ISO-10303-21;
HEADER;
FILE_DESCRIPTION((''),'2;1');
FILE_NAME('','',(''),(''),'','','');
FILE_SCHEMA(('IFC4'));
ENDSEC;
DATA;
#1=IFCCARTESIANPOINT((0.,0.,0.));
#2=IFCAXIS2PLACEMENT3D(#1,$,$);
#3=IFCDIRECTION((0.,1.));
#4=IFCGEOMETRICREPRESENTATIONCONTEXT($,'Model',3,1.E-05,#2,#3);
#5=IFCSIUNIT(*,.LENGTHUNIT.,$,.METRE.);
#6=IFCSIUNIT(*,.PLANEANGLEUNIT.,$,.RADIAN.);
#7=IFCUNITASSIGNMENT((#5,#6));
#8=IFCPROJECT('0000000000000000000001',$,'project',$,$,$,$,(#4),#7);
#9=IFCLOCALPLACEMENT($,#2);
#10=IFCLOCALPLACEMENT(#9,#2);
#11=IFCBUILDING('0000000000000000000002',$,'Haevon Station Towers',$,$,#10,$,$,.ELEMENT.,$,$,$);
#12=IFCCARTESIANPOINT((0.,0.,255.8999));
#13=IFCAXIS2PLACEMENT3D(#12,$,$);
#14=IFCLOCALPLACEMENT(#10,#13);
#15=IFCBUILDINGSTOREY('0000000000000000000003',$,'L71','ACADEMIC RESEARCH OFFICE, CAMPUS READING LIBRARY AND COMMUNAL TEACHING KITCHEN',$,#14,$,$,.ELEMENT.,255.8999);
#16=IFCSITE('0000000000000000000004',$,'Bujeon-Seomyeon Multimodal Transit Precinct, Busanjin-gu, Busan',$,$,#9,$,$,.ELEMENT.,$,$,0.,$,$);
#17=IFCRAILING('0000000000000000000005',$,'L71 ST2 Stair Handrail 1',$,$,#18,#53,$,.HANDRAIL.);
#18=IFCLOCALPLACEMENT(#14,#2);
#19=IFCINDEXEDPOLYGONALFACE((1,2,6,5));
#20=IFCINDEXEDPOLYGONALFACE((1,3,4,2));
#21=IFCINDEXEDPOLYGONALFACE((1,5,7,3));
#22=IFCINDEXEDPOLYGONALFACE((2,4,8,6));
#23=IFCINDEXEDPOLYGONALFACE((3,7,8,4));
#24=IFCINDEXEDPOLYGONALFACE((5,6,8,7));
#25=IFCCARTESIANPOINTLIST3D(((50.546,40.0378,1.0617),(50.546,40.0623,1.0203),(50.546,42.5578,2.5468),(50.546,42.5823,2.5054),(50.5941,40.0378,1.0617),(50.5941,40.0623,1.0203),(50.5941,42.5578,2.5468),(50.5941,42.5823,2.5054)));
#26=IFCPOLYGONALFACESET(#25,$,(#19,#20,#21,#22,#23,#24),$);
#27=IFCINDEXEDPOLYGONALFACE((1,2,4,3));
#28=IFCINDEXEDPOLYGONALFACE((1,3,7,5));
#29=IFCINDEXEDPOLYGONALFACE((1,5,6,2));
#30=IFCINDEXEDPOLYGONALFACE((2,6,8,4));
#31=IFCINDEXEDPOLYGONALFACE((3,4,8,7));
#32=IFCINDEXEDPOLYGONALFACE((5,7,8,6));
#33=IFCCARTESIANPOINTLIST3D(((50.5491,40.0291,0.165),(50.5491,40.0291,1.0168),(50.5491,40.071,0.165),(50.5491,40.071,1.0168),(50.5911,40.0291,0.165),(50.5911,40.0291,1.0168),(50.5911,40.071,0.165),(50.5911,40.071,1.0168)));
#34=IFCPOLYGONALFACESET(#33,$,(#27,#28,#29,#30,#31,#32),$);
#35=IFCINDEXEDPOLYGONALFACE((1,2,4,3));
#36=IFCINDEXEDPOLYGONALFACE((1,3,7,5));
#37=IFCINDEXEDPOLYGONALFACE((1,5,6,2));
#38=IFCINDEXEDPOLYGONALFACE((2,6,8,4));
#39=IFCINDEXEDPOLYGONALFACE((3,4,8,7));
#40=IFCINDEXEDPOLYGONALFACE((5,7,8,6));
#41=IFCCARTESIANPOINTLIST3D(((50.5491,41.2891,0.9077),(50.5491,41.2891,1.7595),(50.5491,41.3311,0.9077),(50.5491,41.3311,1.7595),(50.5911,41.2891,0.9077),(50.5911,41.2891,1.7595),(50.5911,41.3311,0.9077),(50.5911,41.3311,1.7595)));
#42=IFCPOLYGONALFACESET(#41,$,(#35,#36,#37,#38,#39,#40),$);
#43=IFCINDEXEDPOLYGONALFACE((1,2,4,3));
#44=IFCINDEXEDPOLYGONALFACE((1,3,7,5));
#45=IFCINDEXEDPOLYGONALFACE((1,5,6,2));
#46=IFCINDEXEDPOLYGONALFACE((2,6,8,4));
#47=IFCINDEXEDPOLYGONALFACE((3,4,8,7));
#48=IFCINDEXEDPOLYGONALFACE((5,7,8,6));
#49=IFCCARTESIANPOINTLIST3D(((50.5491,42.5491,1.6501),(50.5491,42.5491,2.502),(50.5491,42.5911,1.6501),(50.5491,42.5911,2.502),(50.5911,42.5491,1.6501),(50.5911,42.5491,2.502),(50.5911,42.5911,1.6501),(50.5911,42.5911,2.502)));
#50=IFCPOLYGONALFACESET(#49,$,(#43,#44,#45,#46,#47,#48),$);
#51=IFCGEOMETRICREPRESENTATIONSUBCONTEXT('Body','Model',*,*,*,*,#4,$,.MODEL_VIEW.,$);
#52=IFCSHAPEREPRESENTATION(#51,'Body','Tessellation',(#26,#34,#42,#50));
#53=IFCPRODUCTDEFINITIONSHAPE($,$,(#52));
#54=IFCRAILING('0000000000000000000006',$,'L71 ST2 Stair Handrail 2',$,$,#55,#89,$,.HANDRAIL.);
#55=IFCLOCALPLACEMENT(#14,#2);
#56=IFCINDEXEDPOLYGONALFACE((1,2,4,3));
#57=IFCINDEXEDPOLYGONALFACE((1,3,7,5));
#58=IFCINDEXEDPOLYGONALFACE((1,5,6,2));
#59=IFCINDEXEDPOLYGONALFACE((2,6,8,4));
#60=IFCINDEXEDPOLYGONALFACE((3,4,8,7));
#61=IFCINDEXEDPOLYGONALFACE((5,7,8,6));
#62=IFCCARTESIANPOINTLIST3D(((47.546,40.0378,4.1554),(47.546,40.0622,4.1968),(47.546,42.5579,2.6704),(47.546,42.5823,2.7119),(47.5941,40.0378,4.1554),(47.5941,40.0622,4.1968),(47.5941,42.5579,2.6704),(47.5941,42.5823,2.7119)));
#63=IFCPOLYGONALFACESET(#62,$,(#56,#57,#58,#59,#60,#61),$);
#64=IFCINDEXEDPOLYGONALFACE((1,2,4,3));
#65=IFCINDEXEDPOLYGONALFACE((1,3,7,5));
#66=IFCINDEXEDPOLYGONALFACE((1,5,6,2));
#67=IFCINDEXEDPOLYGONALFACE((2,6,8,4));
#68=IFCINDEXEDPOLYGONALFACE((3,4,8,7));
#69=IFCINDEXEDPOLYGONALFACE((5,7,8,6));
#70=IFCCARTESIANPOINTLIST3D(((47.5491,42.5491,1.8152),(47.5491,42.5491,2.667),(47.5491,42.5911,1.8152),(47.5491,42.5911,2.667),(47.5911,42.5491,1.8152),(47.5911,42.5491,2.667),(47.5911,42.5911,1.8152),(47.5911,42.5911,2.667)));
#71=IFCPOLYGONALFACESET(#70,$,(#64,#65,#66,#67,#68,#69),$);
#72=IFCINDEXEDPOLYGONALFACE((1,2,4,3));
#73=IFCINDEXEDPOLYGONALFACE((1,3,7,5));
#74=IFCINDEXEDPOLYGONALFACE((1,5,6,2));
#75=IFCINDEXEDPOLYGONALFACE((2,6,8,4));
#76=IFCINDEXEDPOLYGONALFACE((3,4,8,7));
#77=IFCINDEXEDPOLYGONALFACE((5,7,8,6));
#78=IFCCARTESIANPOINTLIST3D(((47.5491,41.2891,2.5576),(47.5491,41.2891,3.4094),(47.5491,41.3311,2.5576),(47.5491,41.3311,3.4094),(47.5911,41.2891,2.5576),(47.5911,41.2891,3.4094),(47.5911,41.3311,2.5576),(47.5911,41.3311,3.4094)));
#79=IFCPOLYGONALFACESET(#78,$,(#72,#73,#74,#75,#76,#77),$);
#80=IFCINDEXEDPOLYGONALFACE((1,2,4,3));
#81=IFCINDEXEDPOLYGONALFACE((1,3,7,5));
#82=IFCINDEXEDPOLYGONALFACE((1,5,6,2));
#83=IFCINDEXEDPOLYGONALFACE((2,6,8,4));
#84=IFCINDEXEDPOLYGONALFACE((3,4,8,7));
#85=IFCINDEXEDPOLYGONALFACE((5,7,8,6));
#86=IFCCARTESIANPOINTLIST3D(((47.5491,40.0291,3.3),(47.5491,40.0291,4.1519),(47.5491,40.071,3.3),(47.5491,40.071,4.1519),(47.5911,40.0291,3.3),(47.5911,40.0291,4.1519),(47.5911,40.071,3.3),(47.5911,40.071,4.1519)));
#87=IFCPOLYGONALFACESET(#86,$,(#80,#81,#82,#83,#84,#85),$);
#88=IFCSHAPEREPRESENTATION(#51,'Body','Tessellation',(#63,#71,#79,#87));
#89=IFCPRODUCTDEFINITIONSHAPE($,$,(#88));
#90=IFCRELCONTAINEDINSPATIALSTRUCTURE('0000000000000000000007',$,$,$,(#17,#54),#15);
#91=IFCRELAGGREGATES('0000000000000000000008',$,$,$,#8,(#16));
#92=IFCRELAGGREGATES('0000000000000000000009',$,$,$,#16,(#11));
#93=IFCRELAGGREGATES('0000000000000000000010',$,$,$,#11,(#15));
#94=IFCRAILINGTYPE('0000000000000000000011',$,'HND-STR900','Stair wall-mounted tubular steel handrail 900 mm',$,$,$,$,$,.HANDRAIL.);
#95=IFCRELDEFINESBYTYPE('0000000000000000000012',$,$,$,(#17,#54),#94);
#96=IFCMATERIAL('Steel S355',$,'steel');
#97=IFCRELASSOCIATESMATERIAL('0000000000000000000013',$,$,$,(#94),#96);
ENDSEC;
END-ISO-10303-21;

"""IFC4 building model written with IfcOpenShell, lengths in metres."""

from ifc_helpers import new_model, si_unit, direction, frame, origin, origin_2d, place, context, subcontext, project, spatial, rectangle, extrude, material, type_object, element, save


model = new_model("IFC4")

# Units and contexts
model_context = context("Model", 3, precision=1e-05, world=origin(), true_north=direction((0.0, 1.0)))
body_context = subcontext(model_context, "Body", "Model", "MODEL_VIEW")
ifc_project = project(units=[si_unit("LENGTHUNIT", "METRE"), si_unit("PLANEANGLEUNIT", "RADIAN")], contexts=[model_context])

# Site, building, storey
site_placement = place(None, origin())
site = spatial("IfcSite", under=ifc_project, at=site_placement, Name="Bujeon-Seomyeon Multimodal Transit Precinct, Busanjin-gu, Busan", CompositionType="ELEMENT", RefElevation=0.0)
building_placement = place(site_placement, origin())
building = spatial("IfcBuilding", under=site, at=building_placement, Name="Haevon Station Towers", CompositionType="ELEMENT")
storey_placement = place(building_placement, frame((0.0, 0.0, 255.8999)))
storey = spatial("IfcBuildingStorey", under=building, at=storey_placement, Name="L71", Description="ACADEMIC RESEARCH OFFICE, CAMPUS READING LIBRARY AND COMMUNAL TEACHING KITCHEN", CompositionType="ELEMENT", Elevation=255.8999)

# Shared definitions
ifc_material_1 = material(Name="Steel S355", Category="steel")

# Railings
railing_type_1 = type_object("IfcRailingType", Name="HND-STR900", Description="Stair wall-mounted tubular steel handrail 900 mm", PredefinedType="HANDRAIL", material=ifc_material_1)
railing_1_placement = place(storey_placement, frame((50.5701, 40.05, 0.165)))
element("IfcRailing", 1, at=railing_1_placement, inside=storey, type_object=railing_type_1, Name="L71 ST2 Stair Handrail 1", PredefinedType="HANDRAIL", context=body_context, shape_type="SweptSolid", body=[
    extrude(rectangle(XDim=0.0481, YDim=0.0481, at=origin_2d()), frame((0.0, 0.0, 0.876), z_axis=(0.0, 0.861524, 0.507717), x_axis=(-1.0, 0.0, 0.0)), (0.0, 0.0, 1.0), 2.925),
    extrude(rectangle(XDim=0.042, YDim=0.042, at=origin_2d()), origin(), (0.0, 0.0, 1.0), 0.8518),
    extrude(rectangle(XDim=0.042, YDim=0.042, at=origin_2d()), frame((0.0, 1.26, 0.7427)), (0.0, 0.0, 1.0), 0.8518),
    extrude(rectangle(XDim=0.042, YDim=0.042, at=origin_2d()), frame((0.0, 2.52, 1.4851)), (0.0, 0.0, 1.0), 0.8518),
])
railing_2_placement = place(storey_placement, frame((47.5701, 42.5701, 1.8152)))
element("IfcRailing", 2, at=railing_2_placement, inside=storey, type_object=railing_type_1, Name="L71 ST2 Stair Handrail 2", PredefinedType="HANDRAIL", context=body_context, shape_type="SweptSolid", body=[
    extrude(rectangle(XDim=0.0481, YDim=0.0481, at=origin_2d()), frame((0.0, 0.0, 0.876), z_axis=(0.0, -0.861561, 0.507655), x_axis=(1.0, 0.0, 0.0)), (0.0, 0.0, 1.0), 2.925),
    extrude(rectangle(XDim=0.042, YDim=0.042, at=origin_2d()), origin(), (0.0, 0.0, 1.0), 0.8518),
    extrude(rectangle(XDim=0.042, YDim=0.042, at=origin_2d()), frame((0.0, -1.26, 0.7424)), (0.0, 0.0, 1.0), 0.8518),
    extrude(rectangle(XDim=0.042, YDim=0.042, at=origin_2d()), frame((0.0, -2.52, 1.4849)), (0.0, 0.0, 1.0), 0.8518),
])

save(model, "model.ifc")
